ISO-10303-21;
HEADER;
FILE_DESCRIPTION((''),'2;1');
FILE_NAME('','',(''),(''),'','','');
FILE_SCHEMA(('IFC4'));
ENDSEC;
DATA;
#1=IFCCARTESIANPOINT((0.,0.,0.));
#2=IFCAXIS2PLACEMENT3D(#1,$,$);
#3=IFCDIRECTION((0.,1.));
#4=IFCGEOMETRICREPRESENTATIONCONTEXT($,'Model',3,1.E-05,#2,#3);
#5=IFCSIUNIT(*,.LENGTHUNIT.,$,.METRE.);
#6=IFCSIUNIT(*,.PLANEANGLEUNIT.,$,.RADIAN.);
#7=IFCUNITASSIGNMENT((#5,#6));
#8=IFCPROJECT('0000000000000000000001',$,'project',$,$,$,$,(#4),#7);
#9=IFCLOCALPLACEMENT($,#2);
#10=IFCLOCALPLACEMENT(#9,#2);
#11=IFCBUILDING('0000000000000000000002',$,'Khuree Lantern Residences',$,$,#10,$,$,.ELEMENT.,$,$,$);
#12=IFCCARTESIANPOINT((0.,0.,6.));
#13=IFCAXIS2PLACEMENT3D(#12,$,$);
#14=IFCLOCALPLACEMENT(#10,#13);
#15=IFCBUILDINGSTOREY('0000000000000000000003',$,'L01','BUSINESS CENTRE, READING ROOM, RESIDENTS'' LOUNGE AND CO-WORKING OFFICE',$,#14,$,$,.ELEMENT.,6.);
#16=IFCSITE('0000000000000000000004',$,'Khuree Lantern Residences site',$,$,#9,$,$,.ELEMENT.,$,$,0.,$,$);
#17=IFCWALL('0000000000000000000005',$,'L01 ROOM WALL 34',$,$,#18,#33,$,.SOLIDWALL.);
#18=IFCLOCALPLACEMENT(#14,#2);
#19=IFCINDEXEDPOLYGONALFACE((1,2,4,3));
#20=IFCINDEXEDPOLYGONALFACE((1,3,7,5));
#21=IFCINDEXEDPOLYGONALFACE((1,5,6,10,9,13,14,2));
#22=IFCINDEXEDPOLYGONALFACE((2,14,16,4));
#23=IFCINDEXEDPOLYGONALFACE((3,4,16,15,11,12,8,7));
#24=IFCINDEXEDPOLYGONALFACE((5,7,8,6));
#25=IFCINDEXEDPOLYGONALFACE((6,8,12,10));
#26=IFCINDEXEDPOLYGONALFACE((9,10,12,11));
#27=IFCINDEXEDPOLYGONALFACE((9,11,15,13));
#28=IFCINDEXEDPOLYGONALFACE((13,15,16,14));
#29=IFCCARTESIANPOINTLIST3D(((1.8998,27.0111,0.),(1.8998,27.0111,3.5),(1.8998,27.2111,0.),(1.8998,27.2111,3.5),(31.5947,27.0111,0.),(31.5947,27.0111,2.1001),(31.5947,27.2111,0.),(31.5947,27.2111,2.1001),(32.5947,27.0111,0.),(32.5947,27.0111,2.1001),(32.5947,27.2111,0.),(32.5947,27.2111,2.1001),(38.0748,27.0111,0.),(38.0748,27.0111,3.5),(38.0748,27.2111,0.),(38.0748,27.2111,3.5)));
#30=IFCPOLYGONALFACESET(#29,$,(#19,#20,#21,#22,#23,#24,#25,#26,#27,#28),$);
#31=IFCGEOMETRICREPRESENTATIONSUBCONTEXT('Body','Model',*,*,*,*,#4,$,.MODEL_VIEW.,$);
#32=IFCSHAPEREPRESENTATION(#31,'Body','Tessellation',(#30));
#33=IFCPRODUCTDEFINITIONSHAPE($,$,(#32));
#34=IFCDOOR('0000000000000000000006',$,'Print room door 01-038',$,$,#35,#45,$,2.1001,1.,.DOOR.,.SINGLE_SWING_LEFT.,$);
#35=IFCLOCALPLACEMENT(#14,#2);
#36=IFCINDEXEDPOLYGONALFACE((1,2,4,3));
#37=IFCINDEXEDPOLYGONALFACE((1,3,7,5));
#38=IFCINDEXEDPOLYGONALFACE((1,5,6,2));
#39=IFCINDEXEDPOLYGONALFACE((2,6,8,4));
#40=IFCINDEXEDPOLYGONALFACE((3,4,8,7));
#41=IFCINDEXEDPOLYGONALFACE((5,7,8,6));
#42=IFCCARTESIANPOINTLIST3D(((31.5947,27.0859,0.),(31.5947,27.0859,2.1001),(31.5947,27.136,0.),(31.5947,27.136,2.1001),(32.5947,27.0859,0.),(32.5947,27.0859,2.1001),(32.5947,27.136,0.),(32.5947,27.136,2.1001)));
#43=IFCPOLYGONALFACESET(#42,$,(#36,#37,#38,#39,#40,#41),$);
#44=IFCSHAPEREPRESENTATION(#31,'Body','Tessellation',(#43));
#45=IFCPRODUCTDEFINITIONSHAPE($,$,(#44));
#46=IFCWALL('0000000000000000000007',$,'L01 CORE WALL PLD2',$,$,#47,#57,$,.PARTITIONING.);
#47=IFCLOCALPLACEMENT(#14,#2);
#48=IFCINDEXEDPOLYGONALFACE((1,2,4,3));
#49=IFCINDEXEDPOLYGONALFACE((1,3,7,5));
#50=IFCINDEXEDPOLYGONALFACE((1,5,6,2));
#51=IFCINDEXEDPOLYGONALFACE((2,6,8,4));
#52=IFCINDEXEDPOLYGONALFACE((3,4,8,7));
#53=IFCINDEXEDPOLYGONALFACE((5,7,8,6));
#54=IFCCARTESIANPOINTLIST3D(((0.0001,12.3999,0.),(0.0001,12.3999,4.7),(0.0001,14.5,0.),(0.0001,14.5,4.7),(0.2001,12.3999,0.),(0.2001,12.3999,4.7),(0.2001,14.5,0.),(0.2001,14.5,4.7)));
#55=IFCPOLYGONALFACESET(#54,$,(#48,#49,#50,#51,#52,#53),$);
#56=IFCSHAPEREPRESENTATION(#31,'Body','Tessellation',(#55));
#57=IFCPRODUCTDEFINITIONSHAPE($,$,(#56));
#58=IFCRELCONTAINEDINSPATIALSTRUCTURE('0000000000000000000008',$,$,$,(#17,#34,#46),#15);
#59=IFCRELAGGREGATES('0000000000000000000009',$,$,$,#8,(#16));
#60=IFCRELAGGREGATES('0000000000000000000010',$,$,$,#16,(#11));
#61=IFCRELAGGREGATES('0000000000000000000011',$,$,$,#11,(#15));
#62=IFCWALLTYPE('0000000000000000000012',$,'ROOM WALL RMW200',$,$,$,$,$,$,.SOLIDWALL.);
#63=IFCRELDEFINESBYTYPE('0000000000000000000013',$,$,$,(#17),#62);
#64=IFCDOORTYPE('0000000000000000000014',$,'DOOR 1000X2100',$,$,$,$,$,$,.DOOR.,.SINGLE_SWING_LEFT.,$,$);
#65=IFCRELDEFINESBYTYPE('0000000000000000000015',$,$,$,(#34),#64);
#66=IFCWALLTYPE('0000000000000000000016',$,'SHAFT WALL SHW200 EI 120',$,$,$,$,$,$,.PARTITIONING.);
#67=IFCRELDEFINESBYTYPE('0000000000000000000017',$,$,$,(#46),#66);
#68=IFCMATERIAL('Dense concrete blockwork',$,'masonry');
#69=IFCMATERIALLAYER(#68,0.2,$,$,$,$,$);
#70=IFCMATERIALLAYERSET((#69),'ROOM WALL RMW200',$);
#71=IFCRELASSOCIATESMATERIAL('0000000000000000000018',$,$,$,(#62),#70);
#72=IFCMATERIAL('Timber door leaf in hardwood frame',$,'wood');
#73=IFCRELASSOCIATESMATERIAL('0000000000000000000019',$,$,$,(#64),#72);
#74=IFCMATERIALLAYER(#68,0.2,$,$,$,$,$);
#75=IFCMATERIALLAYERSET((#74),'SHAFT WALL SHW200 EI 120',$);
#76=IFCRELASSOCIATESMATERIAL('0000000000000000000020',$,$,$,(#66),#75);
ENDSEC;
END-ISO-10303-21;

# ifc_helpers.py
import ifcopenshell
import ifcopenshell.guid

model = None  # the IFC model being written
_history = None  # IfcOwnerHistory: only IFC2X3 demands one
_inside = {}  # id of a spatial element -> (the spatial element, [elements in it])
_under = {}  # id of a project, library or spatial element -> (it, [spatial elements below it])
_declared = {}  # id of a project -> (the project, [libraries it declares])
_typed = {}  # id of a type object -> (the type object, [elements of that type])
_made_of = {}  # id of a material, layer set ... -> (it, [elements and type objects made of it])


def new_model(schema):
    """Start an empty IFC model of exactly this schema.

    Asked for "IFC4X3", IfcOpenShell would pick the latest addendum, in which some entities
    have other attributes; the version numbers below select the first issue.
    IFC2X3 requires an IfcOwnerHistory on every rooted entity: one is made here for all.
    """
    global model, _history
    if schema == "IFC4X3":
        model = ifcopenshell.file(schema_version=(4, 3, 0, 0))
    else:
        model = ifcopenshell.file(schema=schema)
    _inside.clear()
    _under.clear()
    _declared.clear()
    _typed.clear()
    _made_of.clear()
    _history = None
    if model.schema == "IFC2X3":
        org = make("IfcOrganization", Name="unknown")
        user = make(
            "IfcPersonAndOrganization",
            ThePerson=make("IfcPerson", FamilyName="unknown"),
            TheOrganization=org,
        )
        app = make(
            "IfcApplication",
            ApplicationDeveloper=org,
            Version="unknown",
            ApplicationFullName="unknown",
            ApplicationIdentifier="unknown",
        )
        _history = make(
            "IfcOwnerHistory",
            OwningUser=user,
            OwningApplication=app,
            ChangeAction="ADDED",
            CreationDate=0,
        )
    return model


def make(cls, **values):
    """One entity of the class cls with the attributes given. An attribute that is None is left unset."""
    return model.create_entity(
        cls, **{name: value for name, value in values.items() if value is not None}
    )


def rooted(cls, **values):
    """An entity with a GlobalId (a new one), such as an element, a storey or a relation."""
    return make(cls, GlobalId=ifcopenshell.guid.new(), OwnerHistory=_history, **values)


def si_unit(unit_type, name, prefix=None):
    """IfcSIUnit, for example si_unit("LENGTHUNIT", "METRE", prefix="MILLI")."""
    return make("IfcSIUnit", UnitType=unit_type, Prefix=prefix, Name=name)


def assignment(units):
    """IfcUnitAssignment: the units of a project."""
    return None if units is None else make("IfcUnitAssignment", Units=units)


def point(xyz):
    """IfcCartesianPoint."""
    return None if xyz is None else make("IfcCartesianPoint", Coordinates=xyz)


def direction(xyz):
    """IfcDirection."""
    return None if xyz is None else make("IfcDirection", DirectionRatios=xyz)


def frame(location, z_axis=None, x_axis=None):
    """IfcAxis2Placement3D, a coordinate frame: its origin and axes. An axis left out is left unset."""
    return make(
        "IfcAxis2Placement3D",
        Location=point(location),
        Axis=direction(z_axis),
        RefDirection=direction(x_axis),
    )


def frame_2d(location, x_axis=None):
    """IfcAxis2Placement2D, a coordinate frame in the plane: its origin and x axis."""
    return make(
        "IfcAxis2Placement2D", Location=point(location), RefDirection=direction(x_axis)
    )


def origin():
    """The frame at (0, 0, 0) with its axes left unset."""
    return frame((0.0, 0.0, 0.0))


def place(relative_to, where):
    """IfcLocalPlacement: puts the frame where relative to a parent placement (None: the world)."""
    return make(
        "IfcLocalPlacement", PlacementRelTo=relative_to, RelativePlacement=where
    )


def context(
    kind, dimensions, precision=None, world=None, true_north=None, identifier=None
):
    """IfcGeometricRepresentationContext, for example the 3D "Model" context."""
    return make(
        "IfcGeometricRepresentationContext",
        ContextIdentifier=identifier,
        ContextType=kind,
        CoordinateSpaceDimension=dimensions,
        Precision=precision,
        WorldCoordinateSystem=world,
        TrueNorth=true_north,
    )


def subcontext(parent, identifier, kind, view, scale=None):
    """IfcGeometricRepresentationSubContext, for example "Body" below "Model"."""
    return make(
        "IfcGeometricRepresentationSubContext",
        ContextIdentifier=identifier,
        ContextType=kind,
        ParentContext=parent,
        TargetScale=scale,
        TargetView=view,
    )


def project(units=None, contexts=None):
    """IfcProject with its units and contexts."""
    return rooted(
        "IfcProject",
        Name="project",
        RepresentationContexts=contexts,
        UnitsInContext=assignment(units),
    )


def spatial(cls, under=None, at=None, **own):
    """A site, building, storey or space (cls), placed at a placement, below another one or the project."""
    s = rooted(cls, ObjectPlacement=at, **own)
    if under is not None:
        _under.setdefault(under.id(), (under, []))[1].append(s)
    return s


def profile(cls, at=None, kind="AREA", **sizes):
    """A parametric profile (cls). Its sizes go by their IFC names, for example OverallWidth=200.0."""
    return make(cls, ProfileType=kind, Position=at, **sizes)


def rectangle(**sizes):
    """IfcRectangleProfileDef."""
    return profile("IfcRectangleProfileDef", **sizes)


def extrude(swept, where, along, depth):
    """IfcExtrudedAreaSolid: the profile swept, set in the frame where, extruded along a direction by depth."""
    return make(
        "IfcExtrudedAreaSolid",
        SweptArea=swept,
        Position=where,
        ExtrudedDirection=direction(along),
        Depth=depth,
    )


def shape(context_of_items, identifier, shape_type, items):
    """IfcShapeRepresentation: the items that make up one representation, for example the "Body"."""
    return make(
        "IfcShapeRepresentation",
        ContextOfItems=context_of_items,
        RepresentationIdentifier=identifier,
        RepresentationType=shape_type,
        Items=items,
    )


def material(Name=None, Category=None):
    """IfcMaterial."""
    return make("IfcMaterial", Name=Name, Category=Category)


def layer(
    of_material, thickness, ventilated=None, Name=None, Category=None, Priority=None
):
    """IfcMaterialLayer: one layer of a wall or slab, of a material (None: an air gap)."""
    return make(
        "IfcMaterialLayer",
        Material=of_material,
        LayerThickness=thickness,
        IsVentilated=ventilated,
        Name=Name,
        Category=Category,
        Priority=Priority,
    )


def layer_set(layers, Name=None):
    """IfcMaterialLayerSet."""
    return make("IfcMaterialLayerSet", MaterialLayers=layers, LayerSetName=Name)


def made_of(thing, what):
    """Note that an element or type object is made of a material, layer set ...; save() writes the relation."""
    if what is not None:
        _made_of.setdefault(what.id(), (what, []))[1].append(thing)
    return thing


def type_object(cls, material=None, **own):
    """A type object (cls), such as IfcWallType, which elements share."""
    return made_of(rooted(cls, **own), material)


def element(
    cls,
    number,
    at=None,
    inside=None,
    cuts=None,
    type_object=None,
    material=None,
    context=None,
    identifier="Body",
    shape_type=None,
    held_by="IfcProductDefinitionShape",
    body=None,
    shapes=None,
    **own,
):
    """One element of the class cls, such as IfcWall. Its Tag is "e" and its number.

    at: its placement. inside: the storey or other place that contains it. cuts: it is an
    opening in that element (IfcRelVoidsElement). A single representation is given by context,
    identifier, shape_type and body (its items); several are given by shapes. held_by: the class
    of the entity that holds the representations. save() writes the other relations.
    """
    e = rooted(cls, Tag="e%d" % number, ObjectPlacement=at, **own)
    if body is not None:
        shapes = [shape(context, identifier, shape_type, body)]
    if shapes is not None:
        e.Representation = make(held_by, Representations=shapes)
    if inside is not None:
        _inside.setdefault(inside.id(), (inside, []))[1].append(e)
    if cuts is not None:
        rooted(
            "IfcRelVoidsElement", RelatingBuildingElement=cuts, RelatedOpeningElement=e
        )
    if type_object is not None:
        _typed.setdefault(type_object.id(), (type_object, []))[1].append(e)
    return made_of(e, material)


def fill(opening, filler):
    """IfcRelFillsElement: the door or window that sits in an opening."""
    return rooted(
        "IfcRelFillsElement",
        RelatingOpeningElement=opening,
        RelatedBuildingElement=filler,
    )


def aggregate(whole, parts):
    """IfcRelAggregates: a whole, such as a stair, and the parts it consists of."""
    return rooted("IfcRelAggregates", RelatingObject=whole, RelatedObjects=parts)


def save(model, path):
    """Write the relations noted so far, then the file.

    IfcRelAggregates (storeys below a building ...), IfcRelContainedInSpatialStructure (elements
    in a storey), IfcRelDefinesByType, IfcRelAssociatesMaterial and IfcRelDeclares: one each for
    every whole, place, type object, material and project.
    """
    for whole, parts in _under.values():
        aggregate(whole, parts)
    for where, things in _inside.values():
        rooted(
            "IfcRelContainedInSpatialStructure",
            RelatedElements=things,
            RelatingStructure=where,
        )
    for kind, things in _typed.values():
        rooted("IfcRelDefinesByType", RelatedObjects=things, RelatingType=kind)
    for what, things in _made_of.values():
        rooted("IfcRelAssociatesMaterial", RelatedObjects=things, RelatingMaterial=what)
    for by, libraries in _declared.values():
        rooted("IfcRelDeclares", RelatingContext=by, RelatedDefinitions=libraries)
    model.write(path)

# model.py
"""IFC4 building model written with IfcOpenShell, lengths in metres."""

from ifc_helpers import new_model, si_unit, direction, frame, frame_2d, origin, place, context, subcontext, project, spatial, rectangle, extrude, material, layer, layer_set, type_object, element, fill, save


model = new_model("IFC4")

# Units and contexts
model_context = context("Model", 3, precision=1e-05, world=origin(), true_north=direction((0.0, 1.0)))
body_context = subcontext(model_context, "Body", "Model", "MODEL_VIEW")
ifc_project = project(units=[si_unit("LENGTHUNIT", "METRE"), si_unit("PLANEANGLEUNIT", "RADIAN")], contexts=[model_context])

# Site, building, storey
site_placement = place(None, origin())
site = spatial("IfcSite", under=ifc_project, at=site_placement, Name="Khuree Lantern Residences site", CompositionType="ELEMENT", RefElevation=0.0)
building_placement = place(site_placement, origin())
building = spatial("IfcBuilding", under=site, at=building_placement, Name="Khuree Lantern Residences", CompositionType="ELEMENT")
storey_placement = place(building_placement, frame((0.0, 0.0, 6.0)))
storey = spatial("IfcBuildingStorey", under=building, at=storey_placement, Name="L01", Description="BUSINESS CENTRE, READING ROOM, RESIDENTS' LOUNGE AND CO-WORKING OFFICE", CompositionType="ELEMENT", Elevation=6.0)

# Shared definitions
ifc_material_1 = material(Name="Dense concrete blockwork", Category="masonry")
ifc_layer_1 = layer(ifc_material_1, 0.2)
ifc_layer_set_1 = layer_set([ifc_layer_1], Name="ROOM WALL RMW200")
wall_type_1 = type_object("IfcWallType", Name="ROOM WALL RMW200", PredefinedType="SOLIDWALL", material=ifc_layer_set_1)

# Shared definitions
ifc_material_2 = material(Name="Timber door leaf in hardwood frame", Category="wood")
door_type = type_object("IfcDoorType", Name="DOOR 1000X2100", OperationType="SINGLE_SWING_LEFT", PredefinedType="DOOR", material=ifc_material_2)

# Wall, opening, door
wall_1_placement = place(storey_placement, frame((1.8999, 27.1111, 0.0), z_axis=(0.0, 0.0, 1.0), x_axis=(1.0, 0.0, 0.0)))
wall_1 = element("IfcWall", 1, at=wall_1_placement, inside=storey, type_object=wall_type_1, Name="L01 ROOM WALL 34", PredefinedType="SOLIDWALL", context=body_context, shape_type="SweptSolid", body=[
    extrude(rectangle(XDim=36.175, YDim=0.2, at=frame_2d((18.0874, 0.0))), origin(), (0.0, 0.0, 1.0), 3.5),
])
opening_1_placement = place(wall_1_placement, frame((29.6948, 0.0, 0.0)))
opening_1 = element("IfcOpeningElement", 2, at=opening_1_placement, cuts=wall_1, PredefinedType="OPENING", context=body_context, shape_type="SweptSolid", body=[
    extrude(rectangle(XDim=1.0, YDim=2.1001, at=frame_2d((0.5, 1.05))), frame((0.0, 0.1099, 0.0), z_axis=(0.0, -1.0, 0.0), x_axis=(1.0, 0.0, 0.0)), (0.0, 0.0, 1.0), 0.22),
])
door_1_placement = place(opening_1_placement, origin())
door_1 = element("IfcDoor", 3, at=door_1_placement, inside=storey, type_object=door_type, Name="Print room door 01-038", OperationType="SINGLE_SWING_LEFT", OverallHeight=2.1001, OverallWidth=1.0, PredefinedType="DOOR", context=body_context, shape_type="SweptSolid", body=[
    extrude(rectangle(XDim=1.0, YDim=2.1001, at=frame_2d((0.5, 1.05))), frame((0.0, 0.0249, 0.0), z_axis=(0.0, -1.0, 0.0), x_axis=(1.0, 0.0, 0.0)), (0.0, 0.0, 1.0), 0.05),
])
fill(opening_1, door_1)

# Wall
ifc_layer_2 = layer(ifc_material_1, 0.2)
ifc_layer_set_2 = layer_set([ifc_layer_2], Name="SHAFT WALL SHW200 EI 120")
wall_type_2 = type_object("IfcWallType", Name="SHAFT WALL SHW200 EI 120", PredefinedType="PARTITIONING", material=ifc_layer_set_2)
wall_2_placement = place(storey_placement, frame((0.1001, 12.3999, 0.0), z_axis=(0.0, 0.0, 1.0), x_axis=(0.0, 1.0, 0.0)))
element("IfcWall", 4, at=wall_2_placement, inside=storey, type_object=wall_type_2, Name="L01 CORE WALL PLD2", PredefinedType="PARTITIONING", context=body_context, shape_type="SweptSolid", body=[
    extrude(rectangle(XDim=2.1001, YDim=0.2, at=frame_2d((1.05, 0.0))), origin(), (0.0, 0.0, 1.0), 4.7),
])

save(model, "model.ifc")
